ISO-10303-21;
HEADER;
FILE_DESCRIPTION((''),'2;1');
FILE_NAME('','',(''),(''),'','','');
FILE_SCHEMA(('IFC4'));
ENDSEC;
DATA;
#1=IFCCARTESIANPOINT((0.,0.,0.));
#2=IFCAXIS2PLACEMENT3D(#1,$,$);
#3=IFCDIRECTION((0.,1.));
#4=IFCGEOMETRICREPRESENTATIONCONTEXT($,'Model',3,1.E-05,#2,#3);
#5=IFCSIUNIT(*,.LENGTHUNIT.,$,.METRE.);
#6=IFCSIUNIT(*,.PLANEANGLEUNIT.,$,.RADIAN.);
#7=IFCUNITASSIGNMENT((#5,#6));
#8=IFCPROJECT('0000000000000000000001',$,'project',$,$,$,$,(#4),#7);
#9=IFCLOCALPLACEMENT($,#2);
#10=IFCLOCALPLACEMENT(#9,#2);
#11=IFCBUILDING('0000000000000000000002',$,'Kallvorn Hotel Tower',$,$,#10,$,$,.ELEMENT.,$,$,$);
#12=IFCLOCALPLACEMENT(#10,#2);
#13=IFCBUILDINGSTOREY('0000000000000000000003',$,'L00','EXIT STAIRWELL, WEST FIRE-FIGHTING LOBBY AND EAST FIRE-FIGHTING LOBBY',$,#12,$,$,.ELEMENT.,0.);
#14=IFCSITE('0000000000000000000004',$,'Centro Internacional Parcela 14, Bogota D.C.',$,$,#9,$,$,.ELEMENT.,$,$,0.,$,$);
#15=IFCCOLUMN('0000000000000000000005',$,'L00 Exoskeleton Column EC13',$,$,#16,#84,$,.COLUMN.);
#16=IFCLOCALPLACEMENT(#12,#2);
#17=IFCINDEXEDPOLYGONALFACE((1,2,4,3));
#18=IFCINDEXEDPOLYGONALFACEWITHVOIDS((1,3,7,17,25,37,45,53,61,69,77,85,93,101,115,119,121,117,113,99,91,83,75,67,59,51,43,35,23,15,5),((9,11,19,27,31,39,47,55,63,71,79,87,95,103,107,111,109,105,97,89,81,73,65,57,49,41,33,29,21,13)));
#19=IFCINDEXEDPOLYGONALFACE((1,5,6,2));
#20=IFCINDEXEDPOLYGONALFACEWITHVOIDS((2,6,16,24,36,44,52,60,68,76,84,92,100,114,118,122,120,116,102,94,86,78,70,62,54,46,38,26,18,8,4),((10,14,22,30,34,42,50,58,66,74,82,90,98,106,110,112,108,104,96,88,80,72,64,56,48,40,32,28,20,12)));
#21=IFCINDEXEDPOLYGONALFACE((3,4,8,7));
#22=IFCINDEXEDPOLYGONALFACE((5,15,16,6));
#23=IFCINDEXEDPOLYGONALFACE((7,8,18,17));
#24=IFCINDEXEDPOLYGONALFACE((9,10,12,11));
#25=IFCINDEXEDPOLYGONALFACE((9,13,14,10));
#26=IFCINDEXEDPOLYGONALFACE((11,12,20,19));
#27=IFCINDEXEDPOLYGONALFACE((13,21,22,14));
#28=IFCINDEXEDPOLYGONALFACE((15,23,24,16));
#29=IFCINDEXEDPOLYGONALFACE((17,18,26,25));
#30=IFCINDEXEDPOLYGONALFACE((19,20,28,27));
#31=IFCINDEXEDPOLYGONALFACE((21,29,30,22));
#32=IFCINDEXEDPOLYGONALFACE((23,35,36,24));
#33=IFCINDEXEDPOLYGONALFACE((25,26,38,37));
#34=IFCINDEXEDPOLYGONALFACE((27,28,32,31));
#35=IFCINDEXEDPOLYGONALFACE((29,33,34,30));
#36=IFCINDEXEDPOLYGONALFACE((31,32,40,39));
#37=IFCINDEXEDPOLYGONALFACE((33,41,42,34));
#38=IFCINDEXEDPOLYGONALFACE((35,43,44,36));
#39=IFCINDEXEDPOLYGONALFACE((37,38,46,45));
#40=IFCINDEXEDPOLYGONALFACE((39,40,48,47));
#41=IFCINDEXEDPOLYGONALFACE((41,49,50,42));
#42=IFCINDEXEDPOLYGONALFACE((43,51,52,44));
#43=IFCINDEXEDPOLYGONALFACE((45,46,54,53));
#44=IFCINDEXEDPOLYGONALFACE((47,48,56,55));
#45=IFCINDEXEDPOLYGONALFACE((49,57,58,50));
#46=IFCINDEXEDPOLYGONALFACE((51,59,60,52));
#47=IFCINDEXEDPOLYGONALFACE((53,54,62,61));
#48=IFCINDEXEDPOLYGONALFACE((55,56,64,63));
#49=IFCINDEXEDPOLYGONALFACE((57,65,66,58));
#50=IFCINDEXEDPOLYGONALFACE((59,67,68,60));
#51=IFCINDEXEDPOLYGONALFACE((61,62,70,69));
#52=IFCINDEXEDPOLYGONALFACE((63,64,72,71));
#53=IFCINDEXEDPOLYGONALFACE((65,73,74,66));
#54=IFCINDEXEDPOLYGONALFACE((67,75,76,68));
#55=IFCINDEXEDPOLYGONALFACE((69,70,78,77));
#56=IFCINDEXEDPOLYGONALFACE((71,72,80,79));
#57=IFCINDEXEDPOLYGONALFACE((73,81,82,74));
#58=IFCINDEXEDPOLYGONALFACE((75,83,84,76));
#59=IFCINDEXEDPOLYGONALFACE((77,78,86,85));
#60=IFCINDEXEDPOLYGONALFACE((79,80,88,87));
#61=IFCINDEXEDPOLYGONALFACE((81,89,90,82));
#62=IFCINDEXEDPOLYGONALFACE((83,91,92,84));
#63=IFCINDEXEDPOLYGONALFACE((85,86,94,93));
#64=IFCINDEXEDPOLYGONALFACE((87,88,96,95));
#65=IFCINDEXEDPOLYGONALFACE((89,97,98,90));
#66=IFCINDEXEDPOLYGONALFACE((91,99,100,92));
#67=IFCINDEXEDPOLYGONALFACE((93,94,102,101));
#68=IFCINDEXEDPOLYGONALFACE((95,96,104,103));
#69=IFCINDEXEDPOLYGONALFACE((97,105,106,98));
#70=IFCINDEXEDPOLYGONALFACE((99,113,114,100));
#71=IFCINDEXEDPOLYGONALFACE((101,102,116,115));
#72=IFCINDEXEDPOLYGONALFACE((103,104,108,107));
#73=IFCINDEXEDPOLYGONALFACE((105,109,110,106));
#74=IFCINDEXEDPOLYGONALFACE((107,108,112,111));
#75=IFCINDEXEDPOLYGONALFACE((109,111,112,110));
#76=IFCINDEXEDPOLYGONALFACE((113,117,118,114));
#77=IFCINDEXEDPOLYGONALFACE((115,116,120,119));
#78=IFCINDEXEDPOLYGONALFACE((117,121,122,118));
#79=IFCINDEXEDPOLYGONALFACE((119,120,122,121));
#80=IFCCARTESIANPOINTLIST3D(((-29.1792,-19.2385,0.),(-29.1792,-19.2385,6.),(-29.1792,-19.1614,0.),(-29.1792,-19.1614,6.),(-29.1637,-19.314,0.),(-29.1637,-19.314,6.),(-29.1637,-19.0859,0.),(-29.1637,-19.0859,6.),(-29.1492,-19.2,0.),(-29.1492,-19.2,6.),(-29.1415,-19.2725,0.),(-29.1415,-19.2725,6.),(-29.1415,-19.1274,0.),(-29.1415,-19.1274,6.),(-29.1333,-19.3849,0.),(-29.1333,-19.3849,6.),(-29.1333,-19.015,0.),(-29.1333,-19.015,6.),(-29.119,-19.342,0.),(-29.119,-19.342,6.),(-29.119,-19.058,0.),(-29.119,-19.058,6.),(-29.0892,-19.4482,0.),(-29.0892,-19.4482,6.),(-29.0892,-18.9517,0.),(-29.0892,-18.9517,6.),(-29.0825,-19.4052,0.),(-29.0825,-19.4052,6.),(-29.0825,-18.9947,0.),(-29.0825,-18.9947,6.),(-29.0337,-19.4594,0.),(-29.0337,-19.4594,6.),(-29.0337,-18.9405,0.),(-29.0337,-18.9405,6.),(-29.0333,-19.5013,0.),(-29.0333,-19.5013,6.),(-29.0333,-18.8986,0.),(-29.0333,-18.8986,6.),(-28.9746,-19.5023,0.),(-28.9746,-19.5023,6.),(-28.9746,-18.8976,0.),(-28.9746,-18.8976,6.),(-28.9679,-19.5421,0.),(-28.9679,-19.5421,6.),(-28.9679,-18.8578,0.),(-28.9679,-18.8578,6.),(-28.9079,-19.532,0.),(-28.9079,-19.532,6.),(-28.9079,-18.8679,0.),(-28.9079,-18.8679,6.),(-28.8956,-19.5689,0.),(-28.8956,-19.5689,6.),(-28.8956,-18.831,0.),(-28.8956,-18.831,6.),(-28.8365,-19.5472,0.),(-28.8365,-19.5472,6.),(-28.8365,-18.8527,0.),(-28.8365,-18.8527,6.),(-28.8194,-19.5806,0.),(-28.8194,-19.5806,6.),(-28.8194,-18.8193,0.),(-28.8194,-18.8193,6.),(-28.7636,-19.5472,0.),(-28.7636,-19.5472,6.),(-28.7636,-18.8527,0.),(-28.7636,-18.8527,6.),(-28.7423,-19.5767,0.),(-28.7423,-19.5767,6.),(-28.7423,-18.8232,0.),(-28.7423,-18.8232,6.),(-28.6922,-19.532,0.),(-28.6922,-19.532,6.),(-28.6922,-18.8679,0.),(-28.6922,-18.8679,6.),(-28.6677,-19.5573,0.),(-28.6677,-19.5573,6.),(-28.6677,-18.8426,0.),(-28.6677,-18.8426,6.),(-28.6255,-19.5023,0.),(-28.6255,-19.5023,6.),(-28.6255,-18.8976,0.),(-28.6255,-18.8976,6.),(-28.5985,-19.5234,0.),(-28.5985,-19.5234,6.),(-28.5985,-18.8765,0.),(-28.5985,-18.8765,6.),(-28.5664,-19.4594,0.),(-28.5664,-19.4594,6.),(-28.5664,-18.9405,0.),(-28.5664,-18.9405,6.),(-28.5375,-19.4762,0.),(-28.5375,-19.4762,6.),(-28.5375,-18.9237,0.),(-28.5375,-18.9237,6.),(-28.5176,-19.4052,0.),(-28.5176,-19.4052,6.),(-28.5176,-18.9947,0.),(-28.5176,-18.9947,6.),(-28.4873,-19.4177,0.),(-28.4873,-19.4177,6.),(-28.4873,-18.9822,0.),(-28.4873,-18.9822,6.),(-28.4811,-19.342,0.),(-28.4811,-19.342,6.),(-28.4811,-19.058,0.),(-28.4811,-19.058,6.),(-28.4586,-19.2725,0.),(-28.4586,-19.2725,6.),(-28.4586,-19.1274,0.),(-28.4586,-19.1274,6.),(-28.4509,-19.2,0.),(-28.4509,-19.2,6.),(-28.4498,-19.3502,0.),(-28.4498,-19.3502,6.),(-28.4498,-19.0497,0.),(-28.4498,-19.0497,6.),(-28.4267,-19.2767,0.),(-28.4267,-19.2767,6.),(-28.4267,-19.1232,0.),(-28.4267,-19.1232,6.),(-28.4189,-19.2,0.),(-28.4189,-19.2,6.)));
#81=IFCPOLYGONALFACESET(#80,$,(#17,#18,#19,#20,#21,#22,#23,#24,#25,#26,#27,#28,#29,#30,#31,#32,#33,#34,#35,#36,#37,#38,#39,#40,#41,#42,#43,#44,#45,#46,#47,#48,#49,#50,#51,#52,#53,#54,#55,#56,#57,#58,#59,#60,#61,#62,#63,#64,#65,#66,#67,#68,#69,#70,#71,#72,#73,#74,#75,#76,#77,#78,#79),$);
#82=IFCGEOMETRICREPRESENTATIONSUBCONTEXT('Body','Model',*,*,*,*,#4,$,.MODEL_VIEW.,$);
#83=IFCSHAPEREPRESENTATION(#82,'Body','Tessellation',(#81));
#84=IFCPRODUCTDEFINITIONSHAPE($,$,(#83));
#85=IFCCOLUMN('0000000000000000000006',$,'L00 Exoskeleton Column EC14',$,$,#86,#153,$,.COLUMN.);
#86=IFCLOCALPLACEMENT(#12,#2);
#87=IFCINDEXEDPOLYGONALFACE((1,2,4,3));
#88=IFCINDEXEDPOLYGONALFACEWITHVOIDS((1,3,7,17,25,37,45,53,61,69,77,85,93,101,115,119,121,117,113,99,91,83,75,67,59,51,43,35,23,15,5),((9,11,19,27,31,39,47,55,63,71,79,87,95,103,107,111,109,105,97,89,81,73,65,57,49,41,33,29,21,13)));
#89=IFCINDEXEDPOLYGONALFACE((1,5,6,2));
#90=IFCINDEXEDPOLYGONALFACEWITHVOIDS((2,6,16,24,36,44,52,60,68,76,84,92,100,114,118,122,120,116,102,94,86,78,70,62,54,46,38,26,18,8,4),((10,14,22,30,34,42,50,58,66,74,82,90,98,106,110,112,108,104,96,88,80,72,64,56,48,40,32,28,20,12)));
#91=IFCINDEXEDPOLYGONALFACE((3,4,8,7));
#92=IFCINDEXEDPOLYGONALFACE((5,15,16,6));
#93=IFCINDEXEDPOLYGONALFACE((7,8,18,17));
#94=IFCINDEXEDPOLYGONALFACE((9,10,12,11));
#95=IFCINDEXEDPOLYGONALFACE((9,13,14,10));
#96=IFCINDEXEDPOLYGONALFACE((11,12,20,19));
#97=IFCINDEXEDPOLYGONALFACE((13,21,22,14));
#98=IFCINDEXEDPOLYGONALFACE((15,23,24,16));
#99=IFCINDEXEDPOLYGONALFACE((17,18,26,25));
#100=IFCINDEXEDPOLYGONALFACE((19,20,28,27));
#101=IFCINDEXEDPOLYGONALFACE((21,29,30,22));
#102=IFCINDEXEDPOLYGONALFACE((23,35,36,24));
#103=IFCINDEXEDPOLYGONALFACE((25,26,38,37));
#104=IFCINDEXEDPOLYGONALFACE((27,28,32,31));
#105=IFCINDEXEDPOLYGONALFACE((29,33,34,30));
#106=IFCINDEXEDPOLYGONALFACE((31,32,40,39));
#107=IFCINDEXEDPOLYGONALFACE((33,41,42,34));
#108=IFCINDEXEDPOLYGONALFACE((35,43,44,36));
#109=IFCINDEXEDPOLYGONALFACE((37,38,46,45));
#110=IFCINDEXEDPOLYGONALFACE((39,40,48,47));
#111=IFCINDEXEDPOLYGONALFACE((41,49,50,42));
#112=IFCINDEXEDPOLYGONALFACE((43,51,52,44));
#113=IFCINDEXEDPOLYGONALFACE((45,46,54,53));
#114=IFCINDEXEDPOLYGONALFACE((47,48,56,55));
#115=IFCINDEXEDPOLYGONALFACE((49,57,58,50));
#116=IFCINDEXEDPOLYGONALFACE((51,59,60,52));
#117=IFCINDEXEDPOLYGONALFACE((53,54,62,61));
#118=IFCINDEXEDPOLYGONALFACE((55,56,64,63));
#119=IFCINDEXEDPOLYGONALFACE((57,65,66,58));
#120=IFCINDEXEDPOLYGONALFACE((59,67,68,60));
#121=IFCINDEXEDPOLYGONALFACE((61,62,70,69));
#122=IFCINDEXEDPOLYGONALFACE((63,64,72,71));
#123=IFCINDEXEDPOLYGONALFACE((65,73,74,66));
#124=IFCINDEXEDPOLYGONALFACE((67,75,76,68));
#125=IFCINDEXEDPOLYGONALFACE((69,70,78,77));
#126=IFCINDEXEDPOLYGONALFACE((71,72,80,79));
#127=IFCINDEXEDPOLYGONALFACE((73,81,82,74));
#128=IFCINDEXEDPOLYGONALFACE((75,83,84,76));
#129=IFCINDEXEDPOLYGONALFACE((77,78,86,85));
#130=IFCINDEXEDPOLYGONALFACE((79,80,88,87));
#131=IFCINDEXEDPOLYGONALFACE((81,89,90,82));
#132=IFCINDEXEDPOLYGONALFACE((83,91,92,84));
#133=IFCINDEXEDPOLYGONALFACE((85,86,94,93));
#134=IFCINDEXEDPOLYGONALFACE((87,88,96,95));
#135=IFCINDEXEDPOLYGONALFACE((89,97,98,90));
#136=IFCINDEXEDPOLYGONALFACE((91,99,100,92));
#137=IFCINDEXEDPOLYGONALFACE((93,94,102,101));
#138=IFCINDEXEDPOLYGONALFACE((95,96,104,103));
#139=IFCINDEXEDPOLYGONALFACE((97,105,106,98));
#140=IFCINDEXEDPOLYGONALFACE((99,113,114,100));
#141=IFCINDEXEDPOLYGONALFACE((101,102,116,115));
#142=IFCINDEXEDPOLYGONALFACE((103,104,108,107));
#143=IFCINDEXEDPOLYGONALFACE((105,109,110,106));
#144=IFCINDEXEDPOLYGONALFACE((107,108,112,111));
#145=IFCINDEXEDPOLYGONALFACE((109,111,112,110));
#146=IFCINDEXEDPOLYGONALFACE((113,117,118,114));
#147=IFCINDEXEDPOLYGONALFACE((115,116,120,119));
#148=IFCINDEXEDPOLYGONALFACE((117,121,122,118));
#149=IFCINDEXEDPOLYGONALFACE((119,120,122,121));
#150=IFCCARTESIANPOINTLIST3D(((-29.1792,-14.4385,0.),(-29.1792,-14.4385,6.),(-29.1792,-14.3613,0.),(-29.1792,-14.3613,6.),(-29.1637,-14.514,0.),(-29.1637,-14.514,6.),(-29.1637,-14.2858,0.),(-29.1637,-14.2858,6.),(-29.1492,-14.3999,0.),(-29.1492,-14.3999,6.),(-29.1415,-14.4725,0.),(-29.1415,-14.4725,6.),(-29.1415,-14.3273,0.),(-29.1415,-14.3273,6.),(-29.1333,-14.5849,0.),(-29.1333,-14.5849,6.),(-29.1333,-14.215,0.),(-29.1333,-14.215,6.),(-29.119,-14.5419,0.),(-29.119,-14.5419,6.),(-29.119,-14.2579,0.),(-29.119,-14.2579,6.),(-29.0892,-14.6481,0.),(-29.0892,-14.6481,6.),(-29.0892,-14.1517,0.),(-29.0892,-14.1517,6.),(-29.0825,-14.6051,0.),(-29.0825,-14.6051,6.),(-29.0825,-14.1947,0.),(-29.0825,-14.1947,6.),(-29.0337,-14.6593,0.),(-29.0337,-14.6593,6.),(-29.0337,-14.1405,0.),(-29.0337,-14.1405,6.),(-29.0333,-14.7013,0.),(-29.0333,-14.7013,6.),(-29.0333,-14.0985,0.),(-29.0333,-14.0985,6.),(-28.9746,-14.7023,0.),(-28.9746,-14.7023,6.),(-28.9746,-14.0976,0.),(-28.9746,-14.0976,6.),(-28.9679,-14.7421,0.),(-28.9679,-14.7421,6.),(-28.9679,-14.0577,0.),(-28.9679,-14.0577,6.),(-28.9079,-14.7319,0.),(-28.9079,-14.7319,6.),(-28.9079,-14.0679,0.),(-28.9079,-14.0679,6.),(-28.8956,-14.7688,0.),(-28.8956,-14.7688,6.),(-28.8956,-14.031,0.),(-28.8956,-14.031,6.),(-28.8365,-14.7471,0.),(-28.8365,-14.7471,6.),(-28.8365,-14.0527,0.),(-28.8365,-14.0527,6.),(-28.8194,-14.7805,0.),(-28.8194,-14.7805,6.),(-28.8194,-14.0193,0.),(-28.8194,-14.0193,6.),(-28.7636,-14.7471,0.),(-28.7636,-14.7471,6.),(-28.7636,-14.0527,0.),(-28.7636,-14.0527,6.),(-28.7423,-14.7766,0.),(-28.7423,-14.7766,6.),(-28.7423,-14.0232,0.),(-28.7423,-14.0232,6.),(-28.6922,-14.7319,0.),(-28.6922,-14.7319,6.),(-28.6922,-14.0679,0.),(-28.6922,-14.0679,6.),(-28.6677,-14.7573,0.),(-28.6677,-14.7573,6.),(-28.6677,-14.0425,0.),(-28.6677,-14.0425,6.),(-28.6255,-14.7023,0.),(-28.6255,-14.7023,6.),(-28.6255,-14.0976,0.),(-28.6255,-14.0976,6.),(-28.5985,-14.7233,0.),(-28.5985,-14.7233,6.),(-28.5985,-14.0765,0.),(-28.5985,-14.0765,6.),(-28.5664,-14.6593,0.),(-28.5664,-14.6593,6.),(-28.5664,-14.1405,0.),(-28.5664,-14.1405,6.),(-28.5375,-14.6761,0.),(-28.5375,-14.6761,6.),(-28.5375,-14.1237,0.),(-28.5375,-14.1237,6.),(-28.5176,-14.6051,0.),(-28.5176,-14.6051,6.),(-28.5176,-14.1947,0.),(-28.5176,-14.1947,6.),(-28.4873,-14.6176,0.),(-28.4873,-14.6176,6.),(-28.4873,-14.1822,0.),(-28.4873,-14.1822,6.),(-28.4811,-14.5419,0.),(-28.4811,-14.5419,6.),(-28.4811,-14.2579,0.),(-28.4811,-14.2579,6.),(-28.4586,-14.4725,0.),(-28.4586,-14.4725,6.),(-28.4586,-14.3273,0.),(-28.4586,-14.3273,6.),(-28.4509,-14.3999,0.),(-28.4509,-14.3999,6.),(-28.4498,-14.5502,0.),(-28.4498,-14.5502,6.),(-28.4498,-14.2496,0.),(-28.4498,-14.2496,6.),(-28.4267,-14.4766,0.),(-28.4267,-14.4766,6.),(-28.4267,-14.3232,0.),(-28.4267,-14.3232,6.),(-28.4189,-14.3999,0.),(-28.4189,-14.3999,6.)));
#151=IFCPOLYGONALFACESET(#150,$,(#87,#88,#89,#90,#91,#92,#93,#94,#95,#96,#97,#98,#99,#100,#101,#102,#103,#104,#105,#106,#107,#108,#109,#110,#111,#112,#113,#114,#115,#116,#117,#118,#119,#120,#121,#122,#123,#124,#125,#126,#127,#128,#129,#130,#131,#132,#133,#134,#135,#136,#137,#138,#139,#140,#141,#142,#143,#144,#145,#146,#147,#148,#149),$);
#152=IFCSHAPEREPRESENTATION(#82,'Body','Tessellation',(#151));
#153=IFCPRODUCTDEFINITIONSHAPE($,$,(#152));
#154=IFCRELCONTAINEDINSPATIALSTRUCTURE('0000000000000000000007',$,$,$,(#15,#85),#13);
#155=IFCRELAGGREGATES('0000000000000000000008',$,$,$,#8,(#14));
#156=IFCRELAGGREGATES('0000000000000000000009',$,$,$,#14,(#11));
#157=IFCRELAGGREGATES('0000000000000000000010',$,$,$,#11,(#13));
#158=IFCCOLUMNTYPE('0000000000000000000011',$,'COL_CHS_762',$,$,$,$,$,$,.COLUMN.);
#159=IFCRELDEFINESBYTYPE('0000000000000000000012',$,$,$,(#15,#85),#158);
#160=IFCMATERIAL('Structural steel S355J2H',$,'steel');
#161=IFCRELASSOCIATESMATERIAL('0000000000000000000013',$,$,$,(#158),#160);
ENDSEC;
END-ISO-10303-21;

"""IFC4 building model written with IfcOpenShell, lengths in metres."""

from ifc_helpers import new_model, si_unit, direction, frame, origin, origin_2d, place, context, subcontext, project, spatial, hollow_circle, extrude, material, material_profile, profile_set, type_object, element, save


model = new_model("IFC4")

# Units and contexts
model_context = context("Model", 3, precision=1e-05, world=origin(), true_north=direction((0.0, 1.0)))
body_context = subcontext(model_context, "Body", "Model", "MODEL_VIEW")
ifc_project = project(units=[si_unit("LENGTHUNIT", "METRE"), si_unit("PLANEANGLEUNIT", "RADIAN")], contexts=[model_context])

# Site, building, storey
site_placement = place(None, origin())
site = spatial("IfcSite", under=ifc_project, at=site_placement, Name="Centro Internacional Parcela 14, Bogota D.C.", CompositionType="ELEMENT", RefElevation=0.0)
building_placement = place(site_placement, origin())
building = spatial("IfcBuilding", under=site, at=building_placement, Name="Kallvorn Hotel Tower", CompositionType="ELEMENT")
storey_placement = place(building_placement, origin())
storey = spatial("IfcBuildingStorey", under=building, at=storey_placement, Name="L00", Description="EXIT STAIRWELL, WEST FIRE-FIGHTING LOBBY AND EAST FIRE-FIGHTING LOBBY", CompositionType="ELEMENT", Elevation=0.0)

# Columns
ifc_material_1 = material(Name="Structural steel S355J2H", Category="steel")
ifc_material_profile_1 = material_profile(ifc_material_1, hollow_circle(Radius=0.3811, WallThickness=0.032, at=origin_2d()), Name="CHS 762x32")
ifc_profile_set_1 = profile_set([ifc_material_profile_1], Name="Structural steel S355J2H")
column_type_1 = type_object("IfcColumnType", Name="COL_CHS_762", PredefinedType="COLUMN", material=ifc_profile_set_1)
for number, where, z_axis, x_axis, name in (
    (1, (-28.8, -19.2, 0.0), (0.0, 0.0, 1.0), (1.0, 0.0, 0.0), "L00 Exoskeleton Column EC13"),
    (2, (-28.8, -14.3999, 0.0), (0.0, 0.0, 1.0), (1.0, 0.0, 0.0), "L00 Exoskeleton Column EC14"),
):
    element("IfcColumn", number, at=place(storey_placement, frame(where, z_axis=z_axis, x_axis=x_axis)), inside=storey, type_object=column_type_1, Name=name, PredefinedType="COLUMN", context=body_context, shape_type="SweptSolid", body=[
        extrude(hollow_circle(Radius=0.3811, WallThickness=0.032, at=origin_2d()), origin(), (0.0, 0.0, 1.0), 6.0),
    ])

save(model, "model.ifc")
